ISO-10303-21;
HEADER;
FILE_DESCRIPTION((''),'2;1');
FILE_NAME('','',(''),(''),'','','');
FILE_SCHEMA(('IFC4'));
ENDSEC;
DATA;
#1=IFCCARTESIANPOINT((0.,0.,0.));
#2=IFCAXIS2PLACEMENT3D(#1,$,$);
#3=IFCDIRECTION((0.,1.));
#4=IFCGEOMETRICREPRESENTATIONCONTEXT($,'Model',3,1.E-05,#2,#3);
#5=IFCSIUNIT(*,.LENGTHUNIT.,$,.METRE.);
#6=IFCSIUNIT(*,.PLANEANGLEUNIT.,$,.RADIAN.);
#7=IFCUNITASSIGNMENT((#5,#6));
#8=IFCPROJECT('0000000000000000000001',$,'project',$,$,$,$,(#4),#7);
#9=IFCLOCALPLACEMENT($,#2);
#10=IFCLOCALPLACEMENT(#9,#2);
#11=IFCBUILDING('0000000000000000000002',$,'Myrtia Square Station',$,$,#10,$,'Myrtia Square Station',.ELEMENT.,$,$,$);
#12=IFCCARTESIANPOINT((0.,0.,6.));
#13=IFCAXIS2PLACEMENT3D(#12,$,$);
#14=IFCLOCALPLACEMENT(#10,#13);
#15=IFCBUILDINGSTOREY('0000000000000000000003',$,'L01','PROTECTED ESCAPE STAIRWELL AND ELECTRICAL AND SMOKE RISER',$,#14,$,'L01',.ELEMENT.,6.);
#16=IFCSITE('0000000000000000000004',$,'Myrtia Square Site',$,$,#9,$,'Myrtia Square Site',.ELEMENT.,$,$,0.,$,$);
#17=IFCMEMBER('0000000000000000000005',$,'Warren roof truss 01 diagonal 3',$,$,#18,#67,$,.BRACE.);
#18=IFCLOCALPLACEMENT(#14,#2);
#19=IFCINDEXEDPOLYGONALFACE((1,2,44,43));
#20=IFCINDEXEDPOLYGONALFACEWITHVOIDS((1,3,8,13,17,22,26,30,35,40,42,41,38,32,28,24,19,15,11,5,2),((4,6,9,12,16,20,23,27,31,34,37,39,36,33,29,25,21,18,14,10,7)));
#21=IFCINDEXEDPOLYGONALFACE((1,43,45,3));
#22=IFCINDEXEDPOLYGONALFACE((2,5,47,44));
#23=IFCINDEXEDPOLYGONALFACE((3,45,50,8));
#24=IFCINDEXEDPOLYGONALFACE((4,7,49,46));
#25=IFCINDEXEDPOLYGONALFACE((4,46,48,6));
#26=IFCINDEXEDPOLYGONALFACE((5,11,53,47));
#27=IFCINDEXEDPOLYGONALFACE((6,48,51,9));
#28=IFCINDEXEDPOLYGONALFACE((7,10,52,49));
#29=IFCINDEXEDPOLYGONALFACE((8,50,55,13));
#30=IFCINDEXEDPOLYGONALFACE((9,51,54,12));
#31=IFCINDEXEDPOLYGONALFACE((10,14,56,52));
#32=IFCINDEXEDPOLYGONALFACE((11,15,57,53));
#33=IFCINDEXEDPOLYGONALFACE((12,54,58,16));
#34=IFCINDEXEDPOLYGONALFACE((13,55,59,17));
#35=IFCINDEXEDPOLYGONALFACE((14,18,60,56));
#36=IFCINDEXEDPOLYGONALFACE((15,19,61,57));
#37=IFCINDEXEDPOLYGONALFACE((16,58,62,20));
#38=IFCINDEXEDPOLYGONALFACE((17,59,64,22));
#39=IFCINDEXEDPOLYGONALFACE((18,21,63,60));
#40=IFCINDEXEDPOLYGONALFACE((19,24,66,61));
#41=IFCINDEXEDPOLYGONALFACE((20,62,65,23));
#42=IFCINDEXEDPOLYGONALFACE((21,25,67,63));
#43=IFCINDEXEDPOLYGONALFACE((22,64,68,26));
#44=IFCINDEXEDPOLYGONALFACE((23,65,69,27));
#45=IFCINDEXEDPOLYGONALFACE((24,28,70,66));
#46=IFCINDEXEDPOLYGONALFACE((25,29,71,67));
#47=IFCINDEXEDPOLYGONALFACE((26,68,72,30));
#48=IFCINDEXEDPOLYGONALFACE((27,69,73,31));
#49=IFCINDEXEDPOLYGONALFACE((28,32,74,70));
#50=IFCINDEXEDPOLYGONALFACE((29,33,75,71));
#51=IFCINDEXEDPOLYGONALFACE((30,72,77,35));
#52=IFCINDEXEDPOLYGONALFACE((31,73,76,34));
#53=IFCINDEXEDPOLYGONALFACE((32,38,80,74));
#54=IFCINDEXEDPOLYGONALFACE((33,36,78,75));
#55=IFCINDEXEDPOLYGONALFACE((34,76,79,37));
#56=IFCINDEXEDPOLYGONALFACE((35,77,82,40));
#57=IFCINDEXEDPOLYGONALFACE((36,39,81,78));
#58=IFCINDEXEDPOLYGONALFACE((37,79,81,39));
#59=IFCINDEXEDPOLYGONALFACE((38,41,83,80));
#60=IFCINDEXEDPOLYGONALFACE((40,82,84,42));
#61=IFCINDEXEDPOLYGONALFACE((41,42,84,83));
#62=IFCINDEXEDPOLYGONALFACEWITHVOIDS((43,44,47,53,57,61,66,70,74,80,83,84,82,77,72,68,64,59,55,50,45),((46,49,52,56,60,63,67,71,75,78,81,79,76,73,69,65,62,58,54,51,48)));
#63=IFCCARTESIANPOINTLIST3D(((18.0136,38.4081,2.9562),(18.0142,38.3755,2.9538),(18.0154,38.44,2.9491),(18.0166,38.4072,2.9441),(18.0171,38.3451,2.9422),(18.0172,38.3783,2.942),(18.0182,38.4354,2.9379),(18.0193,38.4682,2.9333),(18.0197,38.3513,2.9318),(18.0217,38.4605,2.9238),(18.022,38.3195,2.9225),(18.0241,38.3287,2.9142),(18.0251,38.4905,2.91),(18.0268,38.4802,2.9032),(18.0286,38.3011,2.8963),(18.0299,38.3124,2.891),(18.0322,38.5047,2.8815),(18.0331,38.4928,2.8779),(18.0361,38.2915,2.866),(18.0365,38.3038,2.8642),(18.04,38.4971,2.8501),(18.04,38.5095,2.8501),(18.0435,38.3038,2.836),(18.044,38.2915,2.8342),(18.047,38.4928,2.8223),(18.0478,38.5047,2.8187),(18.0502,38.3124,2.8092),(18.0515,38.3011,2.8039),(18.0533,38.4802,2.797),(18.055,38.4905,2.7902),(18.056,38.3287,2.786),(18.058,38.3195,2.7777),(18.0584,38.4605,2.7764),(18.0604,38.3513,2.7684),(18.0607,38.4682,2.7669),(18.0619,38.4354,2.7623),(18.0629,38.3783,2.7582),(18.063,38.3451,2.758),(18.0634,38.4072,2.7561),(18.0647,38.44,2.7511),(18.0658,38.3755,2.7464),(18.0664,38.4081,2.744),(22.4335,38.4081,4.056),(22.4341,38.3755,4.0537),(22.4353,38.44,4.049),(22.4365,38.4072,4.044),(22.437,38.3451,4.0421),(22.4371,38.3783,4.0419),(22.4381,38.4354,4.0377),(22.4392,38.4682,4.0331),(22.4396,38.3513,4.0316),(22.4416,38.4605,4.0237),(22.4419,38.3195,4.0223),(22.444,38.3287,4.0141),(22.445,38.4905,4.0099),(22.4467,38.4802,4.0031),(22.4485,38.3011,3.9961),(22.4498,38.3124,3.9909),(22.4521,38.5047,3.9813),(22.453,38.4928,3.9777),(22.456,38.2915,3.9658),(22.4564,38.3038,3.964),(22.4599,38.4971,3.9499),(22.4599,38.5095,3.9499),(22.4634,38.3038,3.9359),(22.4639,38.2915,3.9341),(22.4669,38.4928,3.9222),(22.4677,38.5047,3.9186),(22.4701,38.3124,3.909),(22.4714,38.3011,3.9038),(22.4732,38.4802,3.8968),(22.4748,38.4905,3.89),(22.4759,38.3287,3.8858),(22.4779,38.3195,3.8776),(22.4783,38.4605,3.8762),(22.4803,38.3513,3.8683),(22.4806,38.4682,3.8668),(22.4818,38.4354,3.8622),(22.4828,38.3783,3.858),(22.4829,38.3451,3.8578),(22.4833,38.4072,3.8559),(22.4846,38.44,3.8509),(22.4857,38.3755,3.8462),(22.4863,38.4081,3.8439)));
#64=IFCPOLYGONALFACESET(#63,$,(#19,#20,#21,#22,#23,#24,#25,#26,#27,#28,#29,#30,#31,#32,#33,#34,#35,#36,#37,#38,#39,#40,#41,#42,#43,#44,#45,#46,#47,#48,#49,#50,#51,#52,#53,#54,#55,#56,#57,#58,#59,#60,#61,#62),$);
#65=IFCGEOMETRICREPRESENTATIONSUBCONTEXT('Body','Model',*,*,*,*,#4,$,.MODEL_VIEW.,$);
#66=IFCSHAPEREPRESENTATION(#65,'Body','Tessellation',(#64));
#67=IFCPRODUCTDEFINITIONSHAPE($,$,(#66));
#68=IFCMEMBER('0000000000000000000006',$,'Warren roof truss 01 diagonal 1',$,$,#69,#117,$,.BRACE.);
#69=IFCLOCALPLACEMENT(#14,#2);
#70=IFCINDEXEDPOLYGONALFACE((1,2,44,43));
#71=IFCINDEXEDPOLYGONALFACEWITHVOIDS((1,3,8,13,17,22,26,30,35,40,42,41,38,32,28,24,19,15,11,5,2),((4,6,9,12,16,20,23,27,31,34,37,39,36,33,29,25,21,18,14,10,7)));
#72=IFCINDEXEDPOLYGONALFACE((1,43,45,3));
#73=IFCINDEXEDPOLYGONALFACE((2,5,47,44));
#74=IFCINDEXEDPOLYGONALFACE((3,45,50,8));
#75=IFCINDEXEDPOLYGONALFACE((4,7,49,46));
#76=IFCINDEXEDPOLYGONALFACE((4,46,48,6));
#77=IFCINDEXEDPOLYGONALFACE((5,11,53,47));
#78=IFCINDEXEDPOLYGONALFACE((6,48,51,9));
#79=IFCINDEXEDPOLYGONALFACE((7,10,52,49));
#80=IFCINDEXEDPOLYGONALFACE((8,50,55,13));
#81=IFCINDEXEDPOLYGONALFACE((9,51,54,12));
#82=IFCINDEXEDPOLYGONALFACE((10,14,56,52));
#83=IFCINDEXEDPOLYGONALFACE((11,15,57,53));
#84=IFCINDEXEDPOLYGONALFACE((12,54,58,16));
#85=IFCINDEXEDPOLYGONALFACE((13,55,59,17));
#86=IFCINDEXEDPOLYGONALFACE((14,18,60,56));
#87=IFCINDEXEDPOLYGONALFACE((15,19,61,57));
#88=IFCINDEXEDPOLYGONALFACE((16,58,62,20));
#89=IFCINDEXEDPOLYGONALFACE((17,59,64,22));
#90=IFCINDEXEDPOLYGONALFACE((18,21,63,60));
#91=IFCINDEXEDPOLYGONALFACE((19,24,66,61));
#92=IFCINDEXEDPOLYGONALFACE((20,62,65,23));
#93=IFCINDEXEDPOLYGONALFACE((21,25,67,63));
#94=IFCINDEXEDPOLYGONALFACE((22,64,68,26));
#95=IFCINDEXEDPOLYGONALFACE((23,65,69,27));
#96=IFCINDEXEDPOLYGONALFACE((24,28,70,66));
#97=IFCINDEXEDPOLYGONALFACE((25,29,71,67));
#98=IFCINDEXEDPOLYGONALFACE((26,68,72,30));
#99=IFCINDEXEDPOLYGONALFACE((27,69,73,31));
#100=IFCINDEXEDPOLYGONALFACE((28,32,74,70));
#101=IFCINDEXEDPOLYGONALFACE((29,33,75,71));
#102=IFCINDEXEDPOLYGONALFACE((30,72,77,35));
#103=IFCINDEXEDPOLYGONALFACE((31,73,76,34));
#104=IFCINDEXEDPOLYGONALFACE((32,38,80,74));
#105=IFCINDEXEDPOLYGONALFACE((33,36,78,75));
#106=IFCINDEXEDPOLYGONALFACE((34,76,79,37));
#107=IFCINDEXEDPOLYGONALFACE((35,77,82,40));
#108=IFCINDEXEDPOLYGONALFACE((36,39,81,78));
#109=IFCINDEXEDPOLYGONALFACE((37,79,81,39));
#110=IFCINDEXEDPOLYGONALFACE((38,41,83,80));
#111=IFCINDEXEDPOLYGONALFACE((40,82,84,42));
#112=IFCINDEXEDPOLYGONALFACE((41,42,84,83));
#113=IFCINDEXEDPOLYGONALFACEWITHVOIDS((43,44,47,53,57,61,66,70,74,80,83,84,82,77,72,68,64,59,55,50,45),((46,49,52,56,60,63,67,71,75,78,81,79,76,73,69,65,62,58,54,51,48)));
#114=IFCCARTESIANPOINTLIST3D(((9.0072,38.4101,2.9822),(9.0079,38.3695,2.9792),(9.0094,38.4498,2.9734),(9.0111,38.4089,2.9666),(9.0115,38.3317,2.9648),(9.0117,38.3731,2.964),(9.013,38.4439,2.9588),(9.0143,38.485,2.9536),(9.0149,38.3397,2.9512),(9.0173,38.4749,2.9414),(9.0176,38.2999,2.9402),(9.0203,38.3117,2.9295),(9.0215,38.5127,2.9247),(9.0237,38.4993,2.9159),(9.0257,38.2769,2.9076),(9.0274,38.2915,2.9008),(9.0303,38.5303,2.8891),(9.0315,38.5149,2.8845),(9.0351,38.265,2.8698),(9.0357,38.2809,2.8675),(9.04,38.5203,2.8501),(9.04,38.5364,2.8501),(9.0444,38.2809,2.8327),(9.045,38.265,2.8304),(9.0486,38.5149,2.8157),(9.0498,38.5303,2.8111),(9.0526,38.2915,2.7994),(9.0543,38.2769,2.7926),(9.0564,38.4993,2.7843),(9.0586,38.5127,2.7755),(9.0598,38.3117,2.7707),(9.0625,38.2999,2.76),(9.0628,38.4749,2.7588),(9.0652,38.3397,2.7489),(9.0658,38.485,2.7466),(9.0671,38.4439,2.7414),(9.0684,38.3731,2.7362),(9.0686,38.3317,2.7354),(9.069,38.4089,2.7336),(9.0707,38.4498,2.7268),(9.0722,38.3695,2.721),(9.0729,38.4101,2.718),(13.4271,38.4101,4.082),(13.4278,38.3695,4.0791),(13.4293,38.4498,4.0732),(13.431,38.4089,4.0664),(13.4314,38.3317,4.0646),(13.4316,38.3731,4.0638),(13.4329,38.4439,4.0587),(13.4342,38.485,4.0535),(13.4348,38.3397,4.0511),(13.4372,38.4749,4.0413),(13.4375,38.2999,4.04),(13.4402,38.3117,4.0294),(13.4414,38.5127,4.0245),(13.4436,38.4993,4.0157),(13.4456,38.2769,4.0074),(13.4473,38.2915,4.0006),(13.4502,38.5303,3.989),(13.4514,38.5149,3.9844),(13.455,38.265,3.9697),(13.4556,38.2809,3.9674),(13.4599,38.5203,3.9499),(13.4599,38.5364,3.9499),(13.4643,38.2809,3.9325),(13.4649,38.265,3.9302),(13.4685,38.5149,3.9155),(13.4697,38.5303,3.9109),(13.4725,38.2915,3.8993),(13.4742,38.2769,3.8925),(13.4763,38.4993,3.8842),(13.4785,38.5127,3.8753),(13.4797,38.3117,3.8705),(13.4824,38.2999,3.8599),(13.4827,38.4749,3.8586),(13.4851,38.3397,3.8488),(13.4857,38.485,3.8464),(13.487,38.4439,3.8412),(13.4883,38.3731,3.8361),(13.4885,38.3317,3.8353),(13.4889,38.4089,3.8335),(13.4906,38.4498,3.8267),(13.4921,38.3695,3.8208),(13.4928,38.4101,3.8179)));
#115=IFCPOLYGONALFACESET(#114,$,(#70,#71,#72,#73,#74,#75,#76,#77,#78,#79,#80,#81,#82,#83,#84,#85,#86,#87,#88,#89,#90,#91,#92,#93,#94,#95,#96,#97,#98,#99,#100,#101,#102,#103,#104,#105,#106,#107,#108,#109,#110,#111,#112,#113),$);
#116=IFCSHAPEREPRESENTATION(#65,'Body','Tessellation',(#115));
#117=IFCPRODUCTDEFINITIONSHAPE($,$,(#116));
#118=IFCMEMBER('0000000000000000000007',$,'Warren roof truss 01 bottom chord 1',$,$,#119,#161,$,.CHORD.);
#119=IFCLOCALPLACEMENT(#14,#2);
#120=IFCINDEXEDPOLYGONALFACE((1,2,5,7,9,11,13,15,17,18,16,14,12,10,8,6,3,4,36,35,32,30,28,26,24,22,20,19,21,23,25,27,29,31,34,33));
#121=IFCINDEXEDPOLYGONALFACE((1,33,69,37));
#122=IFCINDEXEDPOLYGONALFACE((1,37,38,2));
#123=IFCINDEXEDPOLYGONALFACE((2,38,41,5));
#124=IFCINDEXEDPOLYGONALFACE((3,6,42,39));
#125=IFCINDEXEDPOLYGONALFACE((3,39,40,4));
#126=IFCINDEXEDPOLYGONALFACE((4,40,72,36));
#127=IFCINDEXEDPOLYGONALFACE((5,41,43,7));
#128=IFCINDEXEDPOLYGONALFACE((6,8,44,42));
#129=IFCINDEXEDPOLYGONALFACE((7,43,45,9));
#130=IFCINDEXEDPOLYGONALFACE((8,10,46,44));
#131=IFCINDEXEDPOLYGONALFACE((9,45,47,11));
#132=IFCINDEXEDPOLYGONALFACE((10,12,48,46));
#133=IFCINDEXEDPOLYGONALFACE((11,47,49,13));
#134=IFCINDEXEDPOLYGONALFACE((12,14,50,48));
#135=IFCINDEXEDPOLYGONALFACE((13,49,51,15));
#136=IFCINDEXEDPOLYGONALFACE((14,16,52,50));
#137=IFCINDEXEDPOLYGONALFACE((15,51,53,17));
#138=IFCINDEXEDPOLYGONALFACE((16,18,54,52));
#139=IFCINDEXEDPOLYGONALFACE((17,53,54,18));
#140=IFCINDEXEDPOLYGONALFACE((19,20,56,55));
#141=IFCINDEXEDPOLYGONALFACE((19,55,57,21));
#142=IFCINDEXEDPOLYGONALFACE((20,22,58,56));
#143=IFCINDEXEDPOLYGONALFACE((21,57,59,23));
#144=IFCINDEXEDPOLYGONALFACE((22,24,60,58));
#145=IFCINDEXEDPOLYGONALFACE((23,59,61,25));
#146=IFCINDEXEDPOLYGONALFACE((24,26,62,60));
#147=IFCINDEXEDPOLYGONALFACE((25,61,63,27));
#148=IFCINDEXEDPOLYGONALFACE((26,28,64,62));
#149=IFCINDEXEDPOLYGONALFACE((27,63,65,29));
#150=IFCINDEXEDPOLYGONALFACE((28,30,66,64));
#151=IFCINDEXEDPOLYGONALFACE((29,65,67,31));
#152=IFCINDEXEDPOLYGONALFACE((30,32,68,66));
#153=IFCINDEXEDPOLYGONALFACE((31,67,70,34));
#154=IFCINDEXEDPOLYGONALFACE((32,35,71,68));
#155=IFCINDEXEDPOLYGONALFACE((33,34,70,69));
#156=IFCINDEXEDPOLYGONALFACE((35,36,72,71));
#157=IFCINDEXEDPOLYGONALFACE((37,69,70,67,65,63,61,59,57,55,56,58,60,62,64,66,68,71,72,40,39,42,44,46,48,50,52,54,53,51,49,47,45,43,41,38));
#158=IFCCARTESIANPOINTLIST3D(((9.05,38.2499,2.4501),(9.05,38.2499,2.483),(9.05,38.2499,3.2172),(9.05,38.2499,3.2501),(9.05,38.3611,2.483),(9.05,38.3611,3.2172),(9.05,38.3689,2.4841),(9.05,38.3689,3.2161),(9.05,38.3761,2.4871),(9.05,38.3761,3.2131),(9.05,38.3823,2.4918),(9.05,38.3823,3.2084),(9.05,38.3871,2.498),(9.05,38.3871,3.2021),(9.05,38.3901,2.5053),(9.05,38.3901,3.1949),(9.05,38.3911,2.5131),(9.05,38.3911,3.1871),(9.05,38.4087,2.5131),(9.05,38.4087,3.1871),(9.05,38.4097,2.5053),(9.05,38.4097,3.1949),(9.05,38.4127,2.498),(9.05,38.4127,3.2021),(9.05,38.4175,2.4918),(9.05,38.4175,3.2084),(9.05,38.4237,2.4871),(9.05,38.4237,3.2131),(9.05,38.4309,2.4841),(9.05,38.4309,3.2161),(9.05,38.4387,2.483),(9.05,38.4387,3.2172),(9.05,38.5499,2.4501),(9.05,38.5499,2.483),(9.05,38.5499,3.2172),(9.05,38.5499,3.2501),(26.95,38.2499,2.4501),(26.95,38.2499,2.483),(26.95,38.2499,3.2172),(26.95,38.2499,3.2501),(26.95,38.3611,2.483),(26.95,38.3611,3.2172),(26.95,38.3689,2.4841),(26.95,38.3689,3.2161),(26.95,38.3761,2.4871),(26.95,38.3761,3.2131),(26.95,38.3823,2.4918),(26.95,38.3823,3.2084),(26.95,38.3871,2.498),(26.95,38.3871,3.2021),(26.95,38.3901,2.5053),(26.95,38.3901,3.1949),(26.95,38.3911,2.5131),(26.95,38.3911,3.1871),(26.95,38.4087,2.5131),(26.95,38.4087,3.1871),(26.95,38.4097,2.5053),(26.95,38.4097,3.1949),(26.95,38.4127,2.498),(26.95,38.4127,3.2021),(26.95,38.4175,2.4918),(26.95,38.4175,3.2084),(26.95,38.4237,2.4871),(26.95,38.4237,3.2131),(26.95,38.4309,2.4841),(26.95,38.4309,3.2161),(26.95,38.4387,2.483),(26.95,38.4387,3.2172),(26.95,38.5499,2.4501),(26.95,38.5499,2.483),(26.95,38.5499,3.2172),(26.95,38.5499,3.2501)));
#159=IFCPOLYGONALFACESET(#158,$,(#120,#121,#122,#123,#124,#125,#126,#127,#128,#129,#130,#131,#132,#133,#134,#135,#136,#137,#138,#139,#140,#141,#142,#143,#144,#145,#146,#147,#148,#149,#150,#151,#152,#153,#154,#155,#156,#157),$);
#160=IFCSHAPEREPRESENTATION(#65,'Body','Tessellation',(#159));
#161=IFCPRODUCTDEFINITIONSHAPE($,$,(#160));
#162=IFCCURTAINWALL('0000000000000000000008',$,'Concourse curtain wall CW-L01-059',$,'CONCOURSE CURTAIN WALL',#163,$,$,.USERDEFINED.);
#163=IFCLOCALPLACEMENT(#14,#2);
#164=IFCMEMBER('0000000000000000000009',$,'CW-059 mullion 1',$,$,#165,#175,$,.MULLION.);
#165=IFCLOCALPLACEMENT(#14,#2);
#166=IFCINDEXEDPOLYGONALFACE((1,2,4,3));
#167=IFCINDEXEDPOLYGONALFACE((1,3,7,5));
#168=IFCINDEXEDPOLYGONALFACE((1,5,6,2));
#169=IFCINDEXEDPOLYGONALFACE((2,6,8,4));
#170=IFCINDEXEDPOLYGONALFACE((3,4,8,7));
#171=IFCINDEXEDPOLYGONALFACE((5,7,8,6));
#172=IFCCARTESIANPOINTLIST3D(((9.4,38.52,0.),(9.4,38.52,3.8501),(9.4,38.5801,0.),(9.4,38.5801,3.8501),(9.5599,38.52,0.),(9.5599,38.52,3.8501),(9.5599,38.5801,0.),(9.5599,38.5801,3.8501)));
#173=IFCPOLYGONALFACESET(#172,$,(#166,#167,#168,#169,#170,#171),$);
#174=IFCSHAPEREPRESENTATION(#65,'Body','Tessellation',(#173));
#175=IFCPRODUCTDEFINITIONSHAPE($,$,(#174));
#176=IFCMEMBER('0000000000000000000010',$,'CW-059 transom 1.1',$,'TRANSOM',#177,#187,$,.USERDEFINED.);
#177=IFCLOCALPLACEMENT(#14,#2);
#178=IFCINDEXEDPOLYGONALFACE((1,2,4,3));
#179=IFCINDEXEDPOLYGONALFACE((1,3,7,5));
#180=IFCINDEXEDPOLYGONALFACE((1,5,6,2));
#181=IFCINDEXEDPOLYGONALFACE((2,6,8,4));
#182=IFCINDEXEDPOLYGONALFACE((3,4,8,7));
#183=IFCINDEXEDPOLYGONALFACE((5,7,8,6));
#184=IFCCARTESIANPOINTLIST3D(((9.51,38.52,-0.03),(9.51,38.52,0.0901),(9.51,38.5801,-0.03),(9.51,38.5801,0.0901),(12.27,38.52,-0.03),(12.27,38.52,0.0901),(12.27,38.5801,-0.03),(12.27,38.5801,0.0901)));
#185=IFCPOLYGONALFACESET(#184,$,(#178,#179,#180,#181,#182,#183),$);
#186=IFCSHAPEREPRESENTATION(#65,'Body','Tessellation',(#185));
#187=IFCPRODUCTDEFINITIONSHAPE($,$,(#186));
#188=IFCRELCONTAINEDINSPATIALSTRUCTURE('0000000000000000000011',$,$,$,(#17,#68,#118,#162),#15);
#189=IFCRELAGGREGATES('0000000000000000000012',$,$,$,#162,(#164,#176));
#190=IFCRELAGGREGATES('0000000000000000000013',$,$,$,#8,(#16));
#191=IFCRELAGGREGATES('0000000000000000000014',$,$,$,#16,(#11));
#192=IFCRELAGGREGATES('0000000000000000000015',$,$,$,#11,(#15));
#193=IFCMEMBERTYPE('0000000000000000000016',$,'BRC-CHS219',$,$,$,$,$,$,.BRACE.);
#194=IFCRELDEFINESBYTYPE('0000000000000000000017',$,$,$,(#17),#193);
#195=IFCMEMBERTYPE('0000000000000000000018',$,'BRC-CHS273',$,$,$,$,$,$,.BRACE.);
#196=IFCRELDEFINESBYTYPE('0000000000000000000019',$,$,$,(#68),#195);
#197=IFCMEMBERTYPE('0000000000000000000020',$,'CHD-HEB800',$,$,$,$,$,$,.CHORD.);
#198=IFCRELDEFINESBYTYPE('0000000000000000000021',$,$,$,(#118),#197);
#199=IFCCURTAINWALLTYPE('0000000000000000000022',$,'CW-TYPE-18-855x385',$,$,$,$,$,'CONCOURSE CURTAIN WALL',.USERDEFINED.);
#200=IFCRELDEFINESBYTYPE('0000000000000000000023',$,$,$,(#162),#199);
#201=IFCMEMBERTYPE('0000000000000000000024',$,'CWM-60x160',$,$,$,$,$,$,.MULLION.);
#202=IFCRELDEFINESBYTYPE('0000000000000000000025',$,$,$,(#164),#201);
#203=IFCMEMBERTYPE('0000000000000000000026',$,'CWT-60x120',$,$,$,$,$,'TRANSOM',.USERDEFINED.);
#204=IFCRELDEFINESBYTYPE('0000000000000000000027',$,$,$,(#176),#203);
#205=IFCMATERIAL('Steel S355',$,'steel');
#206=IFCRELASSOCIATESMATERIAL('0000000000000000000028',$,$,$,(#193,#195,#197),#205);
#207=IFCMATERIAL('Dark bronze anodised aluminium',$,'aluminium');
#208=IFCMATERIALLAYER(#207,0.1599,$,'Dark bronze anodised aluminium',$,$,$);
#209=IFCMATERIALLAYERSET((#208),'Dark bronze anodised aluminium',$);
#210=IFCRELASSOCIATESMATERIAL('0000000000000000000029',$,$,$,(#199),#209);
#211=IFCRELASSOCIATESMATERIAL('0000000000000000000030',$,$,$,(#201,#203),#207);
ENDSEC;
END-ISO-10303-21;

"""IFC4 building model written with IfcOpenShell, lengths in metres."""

from ifc_helpers import new_model, si_unit, direction, frame, origin, origin_2d, place, context, subcontext, project, spatial, rectangle, hollow_circle, i_section, extrude, material, layer, layer_set, material_profile, profile_set, type_object, element, aggregate, save


model = new_model("IFC4")

# Units and contexts
model_context = context("Model", 3, precision=1e-05, world=origin(), true_north=direction((0.0, 1.0)))
body_context = subcontext(model_context, "Body", "Model", "MODEL_VIEW")
ifc_project = project(units=[si_unit("LENGTHUNIT", "METRE"), si_unit("PLANEANGLEUNIT", "RADIAN")], contexts=[model_context])

# Site, building, storey
site_placement = place(None, origin())
site = spatial("IfcSite", under=ifc_project, at=site_placement, Name="Myrtia Square Site", LongName="Myrtia Square Site", CompositionType="ELEMENT", RefElevation=0.0)
building_placement = place(site_placement, origin())
building = spatial("IfcBuilding", under=site, at=building_placement, Name="Myrtia Square Station", LongName="Myrtia Square Station", CompositionType="ELEMENT")
storey_placement = place(building_placement, frame((0.0, 0.0, 6.0)))
storey = spatial("IfcBuildingStorey", under=building, at=storey_placement, Name="L01", Description="PROTECTED ESCAPE STAIRWELL AND ELECTRICAL AND SMOKE RISER", LongName="L01", CompositionType="ELEMENT", Elevation=6.0)

# Shared definitions
ifc_material_1 = material(Name="Steel S355", Category="steel")

# Members
ifc_material_profile_1 = material_profile(ifc_material_1, hollow_circle(Radius=0.1096, WallThickness=0.0125, at=origin_2d()), Name="CHS 219.1x12.5")
ifc_profile_set_1 = profile_set([ifc_material_profile_1], Name="Steel S355")
member_type_1 = type_object("IfcMemberType", Name="BRC-CHS219", PredefinedType="BRACE", material=ifc_profile_set_1)
for number, where, z_axis, x_axis, name in (
    (1, (18.04, 38.3999, 2.8501), (0.970407, 0.0, 0.241476), (0.0, 1.0, 0.0), "Warren roof truss 01 diagonal 3"),
):
    element("IfcMember", number, at=place(storey_placement, frame(where, z_axis=z_axis, x_axis=x_axis)), inside=storey, type_object=member_type_1, Name=name, PredefinedType="BRACE", context=body_context, shape_type="SweptSolid", body=[
        extrude(hollow_circle(Radius=0.1096, WallThickness=0.0125, at=origin_2d()), origin(), (0.0, 0.0, 1.0), 4.5547),
    ])
ifc_material_profile_2 = material_profile(ifc_material_1, hollow_circle(Radius=0.1365, WallThickness=0.0161, at=origin_2d()), Name="CHS 273x16")
ifc_profile_set_2 = profile_set([ifc_material_profile_2], Name="Steel S355")
member_type_2 = type_object("IfcMemberType", Name="BRC-CHS273", PredefinedType="BRACE", material=ifc_profile_set_2)
member_1_placement = place(storey_placement, frame((9.04, 38.3999, 2.8501), z_axis=(0.970407, 0.0, 0.241476), x_axis=(0.0, 1.0, 0.0)))
element("IfcMember", 2, at=member_1_placement, inside=storey, type_object=member_type_2, Name="Warren roof truss 01 diagonal 1", PredefinedType="BRACE", context=body_context, shape_type="SweptSolid", body=[
    extrude(hollow_circle(Radius=0.1365, WallThickness=0.0161, at=origin_2d()), origin(), (0.0, 0.0, 1.0), 4.5547),
])
ifc_material_profile_3 = material_profile(ifc_material_1, i_section(OverallWidth=0.3, OverallDepth=0.8, WebThickness=0.0176, FlangeThickness=0.033, FilletRadius=0.03, at=origin_2d()), Name="HEB 800")
ifc_profile_set_3 = profile_set([ifc_material_profile_3], Name="Steel S355")
member_type_3 = type_object("IfcMemberType", Name="CHD-HEB800", PredefinedType="CHORD", material=ifc_profile_set_3)
member_2_placement = place(storey_placement, frame((9.05, 38.3999, 2.8501), z_axis=(1.0, 0.0, 0.0), x_axis=(0.0, 1.0, 0.0)))
element("IfcMember", 3, at=member_2_placement, inside=storey, type_object=member_type_3, Name="Warren roof truss 01 bottom chord 1", PredefinedType="CHORD", context=body_context, shape_type="SweptSolid", body=[
    extrude(i_section(OverallWidth=0.3, OverallDepth=0.8, WebThickness=0.0176, FlangeThickness=0.033, FilletRadius=0.03, at=origin_2d()), origin(), (0.0, 0.0, 1.0), 17.8999),
])

# Curtain wall, members
ifc_material_2 = material(Name="Dark bronze anodised aluminium", Category="aluminium")
ifc_layer_1 = layer(ifc_material_2, 0.1599, Name="Dark bronze anodised aluminium")
ifc_layer_set_1 = layer_set([ifc_layer_1], Name="Dark bronze anodised aluminium")
curtain_wall_type = type_object("IfcCurtainWallType", Name="CW-TYPE-18-855x385", ElementType="CONCOURSE CURTAIN WALL", PredefinedType="USERDEFINED", material=ifc_layer_set_1)
curtain_wall_placement = place(storey_placement, origin())
curtain_wall = element("IfcCurtainWall", 4, at=curtain_wall_placement, inside=storey, type_object=curtain_wall_type, Name="Concourse curtain wall CW-L01-059", ObjectType="CONCOURSE CURTAIN WALL", PredefinedType="USERDEFINED")
ifc_material_profile_4 = material_profile(ifc_material_2, rectangle(XDim=0.0601, YDim=0.1599, at=origin_2d()), Name="ALU-M 60x160")
ifc_profile_set_4 = profile_set([ifc_material_profile_4], Name="Dark bronze anodised aluminium")
member_type_4 = type_object("IfcMemberType", Name="CWM-60x160", PredefinedType="MULLION", material=ifc_profile_set_4)
member_3_placement = place(storey_placement, frame((9.48, 38.55, 0.0), z_axis=(0.0, 0.0, 1.0), x_axis=(0.0, 1.0, 0.0)))
member_3 = element("IfcMember", 5, at=member_3_placement, type_object=member_type_4, Name="CW-059 mullion 1", PredefinedType="MULLION", context=body_context, shape_type="SweptSolid", body=[
    extrude(rectangle(XDim=0.0601, YDim=0.1599, at=origin_2d()), origin(), (0.0, 0.0, 1.0), 3.8501),
])
ifc_material_profile_5 = material_profile(ifc_material_2, rectangle(XDim=0.0601, YDim=0.1201, at=origin_2d()), Name="ALU-T 60x120")
ifc_profile_set_5 = profile_set([ifc_material_profile_5], Name="Dark bronze anodised aluminium")
member_type_5 = type_object("IfcMemberType", Name="CWT-60x120", ElementType="TRANSOM", PredefinedType="USERDEFINED", material=ifc_profile_set_5)
member_4_placement = place(storey_placement, frame((9.51, 38.55, 0.03), z_axis=(1.0, 0.0, 0.0), x_axis=(0.0, 1.0, 0.0)))
member_4 = element("IfcMember", 6, at=member_4_placement, type_object=member_type_5, Name="CW-059 transom 1.1", ObjectType="TRANSOM", PredefinedType="USERDEFINED", context=body_context, shape_type="SweptSolid", body=[
    extrude(rectangle(XDim=0.0601, YDim=0.1201, at=origin_2d()), origin(), (0.0, 0.0, 1.0), 2.76),
])

aggregate(curtain_wall, [member_3, member_4])

save(model, "model.ifc")
